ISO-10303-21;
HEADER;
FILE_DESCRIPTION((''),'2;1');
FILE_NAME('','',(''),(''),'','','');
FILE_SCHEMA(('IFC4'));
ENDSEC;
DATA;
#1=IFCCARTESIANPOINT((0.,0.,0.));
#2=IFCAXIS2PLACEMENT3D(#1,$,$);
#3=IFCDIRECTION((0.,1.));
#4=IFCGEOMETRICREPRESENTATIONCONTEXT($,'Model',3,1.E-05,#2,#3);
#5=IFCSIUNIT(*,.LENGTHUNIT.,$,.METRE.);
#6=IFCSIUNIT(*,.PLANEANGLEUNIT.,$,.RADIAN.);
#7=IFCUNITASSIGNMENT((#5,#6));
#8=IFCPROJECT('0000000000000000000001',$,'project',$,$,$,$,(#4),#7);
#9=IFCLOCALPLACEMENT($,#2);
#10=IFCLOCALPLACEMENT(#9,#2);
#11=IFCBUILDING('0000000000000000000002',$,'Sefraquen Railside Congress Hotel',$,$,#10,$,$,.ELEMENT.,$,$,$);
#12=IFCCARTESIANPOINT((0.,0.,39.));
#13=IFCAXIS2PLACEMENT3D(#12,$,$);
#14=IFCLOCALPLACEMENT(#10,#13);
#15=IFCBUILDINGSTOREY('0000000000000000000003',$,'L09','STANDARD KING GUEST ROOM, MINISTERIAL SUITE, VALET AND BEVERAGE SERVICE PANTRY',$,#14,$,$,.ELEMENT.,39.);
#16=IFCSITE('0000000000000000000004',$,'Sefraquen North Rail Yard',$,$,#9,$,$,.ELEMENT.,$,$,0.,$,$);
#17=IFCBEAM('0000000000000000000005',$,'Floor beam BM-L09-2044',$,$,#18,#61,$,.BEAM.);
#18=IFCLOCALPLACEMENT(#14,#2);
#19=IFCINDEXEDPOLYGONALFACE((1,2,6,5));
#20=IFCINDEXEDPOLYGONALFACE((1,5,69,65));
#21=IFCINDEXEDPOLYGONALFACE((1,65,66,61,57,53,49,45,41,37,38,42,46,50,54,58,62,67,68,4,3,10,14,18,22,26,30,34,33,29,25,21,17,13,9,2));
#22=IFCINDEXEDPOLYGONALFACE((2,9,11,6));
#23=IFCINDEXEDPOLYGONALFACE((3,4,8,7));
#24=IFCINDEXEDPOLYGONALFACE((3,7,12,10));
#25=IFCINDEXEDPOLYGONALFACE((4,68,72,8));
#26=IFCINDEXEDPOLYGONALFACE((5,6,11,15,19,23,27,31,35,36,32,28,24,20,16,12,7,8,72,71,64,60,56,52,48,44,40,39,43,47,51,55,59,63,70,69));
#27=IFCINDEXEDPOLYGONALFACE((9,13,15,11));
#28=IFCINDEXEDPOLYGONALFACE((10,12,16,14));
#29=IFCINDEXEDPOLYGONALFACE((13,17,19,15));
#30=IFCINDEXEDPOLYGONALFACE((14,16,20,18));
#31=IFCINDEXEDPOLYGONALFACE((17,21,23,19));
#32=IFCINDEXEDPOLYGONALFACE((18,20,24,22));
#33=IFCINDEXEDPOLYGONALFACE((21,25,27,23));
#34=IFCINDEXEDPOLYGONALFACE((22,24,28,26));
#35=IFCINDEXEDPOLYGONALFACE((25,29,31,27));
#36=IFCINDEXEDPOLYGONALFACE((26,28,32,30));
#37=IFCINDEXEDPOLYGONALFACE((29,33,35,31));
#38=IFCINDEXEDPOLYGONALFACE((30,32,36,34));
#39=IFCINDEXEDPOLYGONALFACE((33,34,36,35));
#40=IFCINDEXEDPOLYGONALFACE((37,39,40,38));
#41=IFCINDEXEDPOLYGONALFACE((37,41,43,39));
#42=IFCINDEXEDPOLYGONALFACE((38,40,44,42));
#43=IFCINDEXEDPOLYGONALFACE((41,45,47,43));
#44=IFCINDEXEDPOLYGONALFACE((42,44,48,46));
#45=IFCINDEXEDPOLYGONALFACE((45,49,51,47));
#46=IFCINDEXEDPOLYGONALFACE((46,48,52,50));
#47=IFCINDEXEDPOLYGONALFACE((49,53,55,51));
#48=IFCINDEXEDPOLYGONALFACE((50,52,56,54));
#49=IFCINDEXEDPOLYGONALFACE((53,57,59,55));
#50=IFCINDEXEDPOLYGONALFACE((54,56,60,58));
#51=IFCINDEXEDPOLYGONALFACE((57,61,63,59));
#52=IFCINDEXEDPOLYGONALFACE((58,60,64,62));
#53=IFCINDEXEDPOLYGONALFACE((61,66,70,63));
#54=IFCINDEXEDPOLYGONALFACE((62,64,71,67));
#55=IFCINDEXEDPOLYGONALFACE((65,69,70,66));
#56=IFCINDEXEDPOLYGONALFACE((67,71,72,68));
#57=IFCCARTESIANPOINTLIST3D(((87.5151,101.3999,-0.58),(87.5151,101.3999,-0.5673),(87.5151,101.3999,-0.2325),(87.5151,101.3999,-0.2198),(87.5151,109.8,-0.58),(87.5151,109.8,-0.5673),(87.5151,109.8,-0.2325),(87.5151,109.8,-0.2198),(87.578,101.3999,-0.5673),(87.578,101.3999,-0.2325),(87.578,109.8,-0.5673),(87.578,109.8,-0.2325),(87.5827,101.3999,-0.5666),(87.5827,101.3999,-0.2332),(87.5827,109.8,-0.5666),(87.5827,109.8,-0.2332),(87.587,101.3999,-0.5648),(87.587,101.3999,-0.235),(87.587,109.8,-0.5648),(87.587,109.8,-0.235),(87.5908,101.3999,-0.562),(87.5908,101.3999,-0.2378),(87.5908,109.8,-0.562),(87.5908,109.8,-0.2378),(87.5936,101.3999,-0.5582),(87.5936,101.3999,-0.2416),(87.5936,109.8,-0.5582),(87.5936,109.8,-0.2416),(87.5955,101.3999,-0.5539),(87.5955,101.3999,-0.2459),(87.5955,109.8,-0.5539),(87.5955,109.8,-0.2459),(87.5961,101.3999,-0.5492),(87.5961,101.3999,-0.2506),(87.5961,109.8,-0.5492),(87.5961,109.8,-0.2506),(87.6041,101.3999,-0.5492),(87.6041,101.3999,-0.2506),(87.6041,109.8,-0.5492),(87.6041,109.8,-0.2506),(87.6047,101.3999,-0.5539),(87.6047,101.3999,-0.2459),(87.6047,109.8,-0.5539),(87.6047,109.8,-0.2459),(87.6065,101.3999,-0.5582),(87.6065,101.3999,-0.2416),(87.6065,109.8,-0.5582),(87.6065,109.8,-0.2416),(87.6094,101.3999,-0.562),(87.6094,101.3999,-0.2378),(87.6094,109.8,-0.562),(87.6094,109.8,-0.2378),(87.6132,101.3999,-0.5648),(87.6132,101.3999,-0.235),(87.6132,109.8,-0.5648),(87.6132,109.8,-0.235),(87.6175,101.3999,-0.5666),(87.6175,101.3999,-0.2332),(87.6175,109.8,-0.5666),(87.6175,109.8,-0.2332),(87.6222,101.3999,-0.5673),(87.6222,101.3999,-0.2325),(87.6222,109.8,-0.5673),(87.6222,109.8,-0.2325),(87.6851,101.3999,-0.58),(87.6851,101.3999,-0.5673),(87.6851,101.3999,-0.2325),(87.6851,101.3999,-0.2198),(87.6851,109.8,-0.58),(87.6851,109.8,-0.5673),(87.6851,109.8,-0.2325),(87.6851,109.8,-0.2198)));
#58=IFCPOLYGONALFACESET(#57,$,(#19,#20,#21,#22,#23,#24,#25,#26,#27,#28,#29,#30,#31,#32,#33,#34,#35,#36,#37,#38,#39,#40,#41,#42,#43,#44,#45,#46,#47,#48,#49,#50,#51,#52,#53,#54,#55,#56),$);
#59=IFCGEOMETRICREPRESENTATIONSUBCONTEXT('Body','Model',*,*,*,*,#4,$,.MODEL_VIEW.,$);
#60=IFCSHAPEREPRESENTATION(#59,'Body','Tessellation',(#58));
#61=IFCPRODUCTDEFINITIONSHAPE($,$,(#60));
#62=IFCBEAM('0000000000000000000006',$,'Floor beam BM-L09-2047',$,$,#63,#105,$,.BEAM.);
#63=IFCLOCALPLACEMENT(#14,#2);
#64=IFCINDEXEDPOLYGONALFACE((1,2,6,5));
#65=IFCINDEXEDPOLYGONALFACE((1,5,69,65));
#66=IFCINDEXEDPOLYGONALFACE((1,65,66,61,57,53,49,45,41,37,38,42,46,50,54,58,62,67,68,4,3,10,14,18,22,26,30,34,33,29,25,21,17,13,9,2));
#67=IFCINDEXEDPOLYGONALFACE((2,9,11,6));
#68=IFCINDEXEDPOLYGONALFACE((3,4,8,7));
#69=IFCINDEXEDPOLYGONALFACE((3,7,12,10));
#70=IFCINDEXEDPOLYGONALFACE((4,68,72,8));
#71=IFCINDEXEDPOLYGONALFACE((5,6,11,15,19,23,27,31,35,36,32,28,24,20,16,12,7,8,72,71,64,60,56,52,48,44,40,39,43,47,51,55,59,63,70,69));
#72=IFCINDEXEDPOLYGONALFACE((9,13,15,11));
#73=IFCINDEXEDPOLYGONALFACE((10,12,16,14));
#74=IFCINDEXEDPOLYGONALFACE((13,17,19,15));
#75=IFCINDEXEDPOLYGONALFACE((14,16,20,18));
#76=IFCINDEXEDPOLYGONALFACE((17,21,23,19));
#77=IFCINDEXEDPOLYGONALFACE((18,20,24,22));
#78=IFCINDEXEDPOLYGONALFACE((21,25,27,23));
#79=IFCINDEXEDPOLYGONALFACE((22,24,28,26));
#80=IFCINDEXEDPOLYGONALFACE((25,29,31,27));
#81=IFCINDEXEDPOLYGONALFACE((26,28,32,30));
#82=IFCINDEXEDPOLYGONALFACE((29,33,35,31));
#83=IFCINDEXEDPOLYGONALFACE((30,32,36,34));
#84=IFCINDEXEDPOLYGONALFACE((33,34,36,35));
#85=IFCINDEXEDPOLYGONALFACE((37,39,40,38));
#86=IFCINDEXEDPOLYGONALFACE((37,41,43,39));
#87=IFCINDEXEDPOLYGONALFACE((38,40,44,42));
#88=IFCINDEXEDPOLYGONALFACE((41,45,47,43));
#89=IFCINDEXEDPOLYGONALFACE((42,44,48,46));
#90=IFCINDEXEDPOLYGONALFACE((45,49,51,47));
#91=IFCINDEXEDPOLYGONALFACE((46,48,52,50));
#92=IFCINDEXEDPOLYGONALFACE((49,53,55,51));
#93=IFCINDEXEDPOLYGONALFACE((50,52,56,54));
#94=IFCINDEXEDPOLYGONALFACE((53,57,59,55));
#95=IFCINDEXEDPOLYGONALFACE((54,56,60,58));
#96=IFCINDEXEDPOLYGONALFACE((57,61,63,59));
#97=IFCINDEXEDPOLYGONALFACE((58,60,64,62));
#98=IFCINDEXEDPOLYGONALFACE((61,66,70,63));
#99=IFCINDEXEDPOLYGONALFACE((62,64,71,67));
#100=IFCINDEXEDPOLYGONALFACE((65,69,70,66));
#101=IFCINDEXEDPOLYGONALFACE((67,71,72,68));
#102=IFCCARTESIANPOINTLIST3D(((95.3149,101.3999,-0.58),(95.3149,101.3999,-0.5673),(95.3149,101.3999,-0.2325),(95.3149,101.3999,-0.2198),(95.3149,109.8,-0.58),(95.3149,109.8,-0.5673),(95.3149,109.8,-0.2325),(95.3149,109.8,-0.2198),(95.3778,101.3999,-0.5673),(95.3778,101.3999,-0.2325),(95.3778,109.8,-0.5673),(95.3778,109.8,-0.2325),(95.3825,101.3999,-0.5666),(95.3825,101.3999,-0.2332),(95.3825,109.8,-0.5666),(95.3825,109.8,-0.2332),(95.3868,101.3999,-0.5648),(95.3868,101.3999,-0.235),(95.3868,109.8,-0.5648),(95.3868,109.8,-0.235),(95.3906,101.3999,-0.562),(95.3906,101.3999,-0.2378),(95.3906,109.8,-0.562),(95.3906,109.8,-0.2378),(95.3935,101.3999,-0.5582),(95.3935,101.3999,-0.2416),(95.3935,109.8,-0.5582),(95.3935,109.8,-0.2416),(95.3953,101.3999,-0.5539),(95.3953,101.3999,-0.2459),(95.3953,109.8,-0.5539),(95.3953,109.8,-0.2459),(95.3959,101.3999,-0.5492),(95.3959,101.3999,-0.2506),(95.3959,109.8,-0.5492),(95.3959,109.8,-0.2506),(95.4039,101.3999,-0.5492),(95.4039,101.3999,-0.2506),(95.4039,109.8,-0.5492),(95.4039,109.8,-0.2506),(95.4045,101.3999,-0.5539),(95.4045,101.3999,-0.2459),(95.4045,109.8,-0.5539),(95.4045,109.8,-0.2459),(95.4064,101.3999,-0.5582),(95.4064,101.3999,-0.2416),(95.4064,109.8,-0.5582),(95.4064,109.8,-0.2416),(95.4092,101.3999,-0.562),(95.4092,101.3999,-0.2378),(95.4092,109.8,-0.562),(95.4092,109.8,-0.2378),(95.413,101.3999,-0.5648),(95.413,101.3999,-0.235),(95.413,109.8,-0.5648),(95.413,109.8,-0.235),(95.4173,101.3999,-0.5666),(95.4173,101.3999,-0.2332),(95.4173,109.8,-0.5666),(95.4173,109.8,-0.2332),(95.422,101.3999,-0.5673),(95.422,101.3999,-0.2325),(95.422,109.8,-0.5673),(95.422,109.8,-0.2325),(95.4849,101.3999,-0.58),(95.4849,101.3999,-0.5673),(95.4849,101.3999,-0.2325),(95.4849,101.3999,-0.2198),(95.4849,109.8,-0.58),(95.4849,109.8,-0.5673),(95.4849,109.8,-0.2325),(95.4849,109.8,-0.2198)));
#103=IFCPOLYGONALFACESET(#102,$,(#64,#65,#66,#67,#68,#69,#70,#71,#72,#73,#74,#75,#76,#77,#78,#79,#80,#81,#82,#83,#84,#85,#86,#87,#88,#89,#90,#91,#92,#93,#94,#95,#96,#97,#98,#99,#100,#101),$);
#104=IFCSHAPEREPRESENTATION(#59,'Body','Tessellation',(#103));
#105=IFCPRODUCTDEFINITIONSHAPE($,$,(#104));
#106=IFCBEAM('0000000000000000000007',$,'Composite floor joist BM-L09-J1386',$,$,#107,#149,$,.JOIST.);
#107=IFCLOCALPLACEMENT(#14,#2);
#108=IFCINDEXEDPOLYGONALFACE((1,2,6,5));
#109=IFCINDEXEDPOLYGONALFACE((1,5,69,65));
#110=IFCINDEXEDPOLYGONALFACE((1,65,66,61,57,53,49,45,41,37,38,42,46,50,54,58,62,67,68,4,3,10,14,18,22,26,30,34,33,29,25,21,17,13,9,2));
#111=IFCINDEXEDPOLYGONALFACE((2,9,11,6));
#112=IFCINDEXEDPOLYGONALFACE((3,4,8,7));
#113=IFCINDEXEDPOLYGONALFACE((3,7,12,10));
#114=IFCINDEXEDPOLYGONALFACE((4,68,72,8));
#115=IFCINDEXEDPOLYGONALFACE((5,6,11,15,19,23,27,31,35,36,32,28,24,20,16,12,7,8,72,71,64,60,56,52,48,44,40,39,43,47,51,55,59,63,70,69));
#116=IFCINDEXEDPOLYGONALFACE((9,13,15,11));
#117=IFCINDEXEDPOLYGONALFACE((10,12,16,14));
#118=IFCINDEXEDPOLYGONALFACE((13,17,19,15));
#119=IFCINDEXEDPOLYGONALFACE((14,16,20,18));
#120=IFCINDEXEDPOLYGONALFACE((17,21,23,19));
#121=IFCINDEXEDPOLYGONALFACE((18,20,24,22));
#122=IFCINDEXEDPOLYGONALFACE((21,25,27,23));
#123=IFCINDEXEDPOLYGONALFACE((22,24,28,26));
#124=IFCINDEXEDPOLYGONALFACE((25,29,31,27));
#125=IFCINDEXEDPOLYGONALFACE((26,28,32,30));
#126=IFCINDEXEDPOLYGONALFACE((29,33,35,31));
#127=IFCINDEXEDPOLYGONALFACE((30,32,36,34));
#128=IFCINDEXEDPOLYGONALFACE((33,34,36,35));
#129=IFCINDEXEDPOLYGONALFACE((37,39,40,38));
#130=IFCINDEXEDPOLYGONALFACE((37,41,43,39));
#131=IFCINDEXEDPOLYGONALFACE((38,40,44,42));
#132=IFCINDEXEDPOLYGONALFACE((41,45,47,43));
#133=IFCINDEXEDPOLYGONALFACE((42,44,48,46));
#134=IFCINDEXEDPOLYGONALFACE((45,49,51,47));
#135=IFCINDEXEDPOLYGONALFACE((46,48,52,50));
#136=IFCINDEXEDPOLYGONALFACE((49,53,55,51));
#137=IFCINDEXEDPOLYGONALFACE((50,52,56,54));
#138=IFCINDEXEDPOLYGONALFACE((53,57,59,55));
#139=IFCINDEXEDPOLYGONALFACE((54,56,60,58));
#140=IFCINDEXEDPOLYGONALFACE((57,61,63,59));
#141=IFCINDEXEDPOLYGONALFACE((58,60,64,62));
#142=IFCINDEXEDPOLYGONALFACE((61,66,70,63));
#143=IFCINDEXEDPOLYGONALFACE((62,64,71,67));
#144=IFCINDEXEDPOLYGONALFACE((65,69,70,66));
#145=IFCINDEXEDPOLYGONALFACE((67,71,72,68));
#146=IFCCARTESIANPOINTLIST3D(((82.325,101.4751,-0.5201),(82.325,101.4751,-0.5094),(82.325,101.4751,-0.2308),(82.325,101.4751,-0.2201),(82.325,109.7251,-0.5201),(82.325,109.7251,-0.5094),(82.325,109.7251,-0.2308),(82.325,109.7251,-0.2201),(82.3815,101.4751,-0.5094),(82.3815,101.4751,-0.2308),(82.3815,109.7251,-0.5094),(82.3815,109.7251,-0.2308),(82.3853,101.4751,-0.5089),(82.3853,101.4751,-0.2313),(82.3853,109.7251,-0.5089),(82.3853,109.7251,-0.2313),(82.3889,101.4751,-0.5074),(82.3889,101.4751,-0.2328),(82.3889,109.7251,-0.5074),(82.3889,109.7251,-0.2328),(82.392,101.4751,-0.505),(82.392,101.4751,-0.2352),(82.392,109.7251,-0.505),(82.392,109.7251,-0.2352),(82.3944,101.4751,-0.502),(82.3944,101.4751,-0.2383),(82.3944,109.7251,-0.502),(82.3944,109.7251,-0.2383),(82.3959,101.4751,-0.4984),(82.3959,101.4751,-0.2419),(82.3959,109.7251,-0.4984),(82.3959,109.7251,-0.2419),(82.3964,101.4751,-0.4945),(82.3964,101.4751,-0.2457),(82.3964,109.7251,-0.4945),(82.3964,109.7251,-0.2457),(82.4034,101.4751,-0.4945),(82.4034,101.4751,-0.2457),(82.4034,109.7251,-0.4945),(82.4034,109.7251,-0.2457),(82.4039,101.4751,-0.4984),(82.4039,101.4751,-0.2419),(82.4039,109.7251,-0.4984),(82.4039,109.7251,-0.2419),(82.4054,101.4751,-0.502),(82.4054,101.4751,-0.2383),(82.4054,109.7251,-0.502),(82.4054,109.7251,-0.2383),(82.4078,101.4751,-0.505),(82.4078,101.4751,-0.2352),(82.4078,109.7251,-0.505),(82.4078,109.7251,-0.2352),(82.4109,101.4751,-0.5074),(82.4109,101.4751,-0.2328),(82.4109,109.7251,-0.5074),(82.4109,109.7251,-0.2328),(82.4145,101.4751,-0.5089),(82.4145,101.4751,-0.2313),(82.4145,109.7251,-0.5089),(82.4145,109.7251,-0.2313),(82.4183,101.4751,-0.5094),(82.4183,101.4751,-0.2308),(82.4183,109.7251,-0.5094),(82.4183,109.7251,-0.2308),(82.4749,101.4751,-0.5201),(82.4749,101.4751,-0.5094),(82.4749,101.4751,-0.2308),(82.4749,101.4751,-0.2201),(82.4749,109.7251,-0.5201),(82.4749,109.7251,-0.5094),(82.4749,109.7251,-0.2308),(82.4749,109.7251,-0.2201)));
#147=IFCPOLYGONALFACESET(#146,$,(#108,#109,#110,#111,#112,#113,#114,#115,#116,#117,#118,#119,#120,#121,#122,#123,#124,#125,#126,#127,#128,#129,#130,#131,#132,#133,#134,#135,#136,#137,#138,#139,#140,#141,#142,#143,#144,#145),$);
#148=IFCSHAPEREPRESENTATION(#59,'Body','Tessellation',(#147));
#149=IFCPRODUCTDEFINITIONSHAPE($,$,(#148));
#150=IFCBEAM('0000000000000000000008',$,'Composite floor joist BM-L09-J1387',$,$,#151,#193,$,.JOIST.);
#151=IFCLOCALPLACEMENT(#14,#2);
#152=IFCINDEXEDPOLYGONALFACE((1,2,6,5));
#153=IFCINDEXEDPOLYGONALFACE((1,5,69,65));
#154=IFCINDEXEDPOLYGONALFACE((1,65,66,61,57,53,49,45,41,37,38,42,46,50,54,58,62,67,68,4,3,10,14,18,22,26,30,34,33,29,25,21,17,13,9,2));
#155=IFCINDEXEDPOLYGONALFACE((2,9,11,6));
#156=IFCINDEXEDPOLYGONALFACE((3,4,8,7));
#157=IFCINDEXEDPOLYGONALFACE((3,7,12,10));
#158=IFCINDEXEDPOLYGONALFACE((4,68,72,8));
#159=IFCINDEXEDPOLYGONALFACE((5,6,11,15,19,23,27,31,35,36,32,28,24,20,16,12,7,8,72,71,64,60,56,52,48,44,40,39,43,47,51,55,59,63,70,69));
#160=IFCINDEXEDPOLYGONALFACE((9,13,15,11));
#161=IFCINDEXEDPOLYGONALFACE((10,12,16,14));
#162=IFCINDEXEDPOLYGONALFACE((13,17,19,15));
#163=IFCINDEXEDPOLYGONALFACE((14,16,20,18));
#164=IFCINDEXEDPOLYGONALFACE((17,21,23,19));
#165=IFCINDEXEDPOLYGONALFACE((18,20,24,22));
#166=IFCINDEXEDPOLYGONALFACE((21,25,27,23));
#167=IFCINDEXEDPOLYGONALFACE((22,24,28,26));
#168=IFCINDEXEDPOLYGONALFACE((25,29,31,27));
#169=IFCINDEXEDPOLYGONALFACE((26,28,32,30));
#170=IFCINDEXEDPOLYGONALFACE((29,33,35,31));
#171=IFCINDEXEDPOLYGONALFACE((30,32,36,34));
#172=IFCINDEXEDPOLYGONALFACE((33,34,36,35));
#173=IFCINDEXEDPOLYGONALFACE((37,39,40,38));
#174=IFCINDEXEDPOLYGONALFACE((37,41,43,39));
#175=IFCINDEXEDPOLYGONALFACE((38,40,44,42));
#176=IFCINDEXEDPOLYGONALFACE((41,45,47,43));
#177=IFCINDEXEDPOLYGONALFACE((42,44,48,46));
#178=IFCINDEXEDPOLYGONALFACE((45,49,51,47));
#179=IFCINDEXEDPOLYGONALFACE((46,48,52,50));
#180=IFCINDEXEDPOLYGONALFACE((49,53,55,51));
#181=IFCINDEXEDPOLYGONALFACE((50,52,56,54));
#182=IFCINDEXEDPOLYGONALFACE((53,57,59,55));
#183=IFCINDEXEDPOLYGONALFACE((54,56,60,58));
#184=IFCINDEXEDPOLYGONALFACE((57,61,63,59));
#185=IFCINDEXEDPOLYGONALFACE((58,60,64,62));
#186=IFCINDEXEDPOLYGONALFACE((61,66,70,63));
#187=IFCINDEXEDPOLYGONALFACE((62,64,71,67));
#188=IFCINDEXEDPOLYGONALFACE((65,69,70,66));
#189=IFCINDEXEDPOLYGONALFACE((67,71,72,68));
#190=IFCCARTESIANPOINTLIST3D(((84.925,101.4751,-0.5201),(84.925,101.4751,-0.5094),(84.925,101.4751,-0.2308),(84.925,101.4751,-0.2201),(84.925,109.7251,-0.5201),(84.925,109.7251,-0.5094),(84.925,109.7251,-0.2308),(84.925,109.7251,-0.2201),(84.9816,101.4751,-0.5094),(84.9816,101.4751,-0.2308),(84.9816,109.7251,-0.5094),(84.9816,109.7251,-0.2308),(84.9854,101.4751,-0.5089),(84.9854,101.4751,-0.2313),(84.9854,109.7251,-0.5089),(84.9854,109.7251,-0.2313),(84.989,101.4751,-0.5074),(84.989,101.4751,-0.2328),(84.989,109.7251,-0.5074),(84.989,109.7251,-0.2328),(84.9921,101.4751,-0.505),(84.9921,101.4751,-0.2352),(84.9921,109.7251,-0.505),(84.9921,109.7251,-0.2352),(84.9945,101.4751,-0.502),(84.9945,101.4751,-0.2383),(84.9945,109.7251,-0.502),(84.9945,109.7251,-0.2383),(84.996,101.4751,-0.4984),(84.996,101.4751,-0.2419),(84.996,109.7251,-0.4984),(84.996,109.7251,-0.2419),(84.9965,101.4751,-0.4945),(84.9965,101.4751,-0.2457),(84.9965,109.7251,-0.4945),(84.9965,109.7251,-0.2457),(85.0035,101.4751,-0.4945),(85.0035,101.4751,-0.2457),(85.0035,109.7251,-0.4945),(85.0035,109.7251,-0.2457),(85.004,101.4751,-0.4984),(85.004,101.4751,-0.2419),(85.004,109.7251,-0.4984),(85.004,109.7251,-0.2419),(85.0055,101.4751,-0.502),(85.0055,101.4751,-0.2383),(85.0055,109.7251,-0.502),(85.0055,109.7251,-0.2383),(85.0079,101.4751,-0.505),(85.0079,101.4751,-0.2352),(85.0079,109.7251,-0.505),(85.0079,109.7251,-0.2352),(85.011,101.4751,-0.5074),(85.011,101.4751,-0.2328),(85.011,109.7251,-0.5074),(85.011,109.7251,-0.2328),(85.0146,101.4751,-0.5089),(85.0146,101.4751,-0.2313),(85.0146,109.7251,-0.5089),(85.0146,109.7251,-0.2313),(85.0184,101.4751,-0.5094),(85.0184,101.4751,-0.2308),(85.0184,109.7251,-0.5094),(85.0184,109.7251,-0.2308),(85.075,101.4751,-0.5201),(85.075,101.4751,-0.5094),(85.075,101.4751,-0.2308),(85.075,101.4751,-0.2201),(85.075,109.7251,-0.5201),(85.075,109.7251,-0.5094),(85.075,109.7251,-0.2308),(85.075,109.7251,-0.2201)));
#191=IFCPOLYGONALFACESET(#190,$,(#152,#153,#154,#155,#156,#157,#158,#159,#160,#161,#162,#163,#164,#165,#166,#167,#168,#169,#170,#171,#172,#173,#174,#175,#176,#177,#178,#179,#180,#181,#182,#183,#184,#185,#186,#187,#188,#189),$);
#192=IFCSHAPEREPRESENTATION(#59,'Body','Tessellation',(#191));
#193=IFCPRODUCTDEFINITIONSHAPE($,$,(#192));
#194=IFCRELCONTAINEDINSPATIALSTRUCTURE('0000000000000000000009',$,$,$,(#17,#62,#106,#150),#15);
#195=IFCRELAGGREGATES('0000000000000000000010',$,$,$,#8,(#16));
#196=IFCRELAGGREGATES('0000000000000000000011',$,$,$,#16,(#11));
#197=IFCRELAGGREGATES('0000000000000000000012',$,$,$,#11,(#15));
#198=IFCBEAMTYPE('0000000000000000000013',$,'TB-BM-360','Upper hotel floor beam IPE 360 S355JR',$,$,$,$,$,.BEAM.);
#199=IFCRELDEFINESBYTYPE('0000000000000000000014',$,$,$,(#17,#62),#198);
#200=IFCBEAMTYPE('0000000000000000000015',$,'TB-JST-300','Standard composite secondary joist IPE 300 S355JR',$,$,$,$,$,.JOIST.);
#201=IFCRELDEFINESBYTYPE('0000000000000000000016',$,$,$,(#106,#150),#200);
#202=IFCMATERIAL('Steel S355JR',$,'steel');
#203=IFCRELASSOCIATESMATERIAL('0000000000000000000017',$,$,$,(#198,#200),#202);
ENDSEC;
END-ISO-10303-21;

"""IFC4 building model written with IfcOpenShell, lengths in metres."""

from ifc_helpers import new_model, si_unit, direction, frame, origin, origin_2d, place, context, subcontext, project, spatial, i_section, extrude, material, material_profile, profile_set, type_object, element, save


model = new_model("IFC4")

# Units and contexts
model_context = context("Model", 3, precision=1e-05, world=origin(), true_north=direction((0.0, 1.0)))
body_context = subcontext(model_context, "Body", "Model", "MODEL_VIEW")
ifc_project = project(units=[si_unit("LENGTHUNIT", "METRE"), si_unit("PLANEANGLEUNIT", "RADIAN")], contexts=[model_context])

# Site, building, storey
site_placement = place(None, origin())
site = spatial("IfcSite", under=ifc_project, at=site_placement, Name="Sefraquen North Rail Yard", CompositionType="ELEMENT", RefElevation=0.0)
building_placement = place(site_placement, origin())
building = spatial("IfcBuilding", under=site, at=building_placement, Name="Sefraquen Railside Congress Hotel", CompositionType="ELEMENT")
storey_placement = place(building_placement, frame((0.0, 0.0, 39.0)))
storey = spatial("IfcBuildingStorey", under=building, at=storey_placement, Name="L09", Description="STANDARD KING GUEST ROOM, MINISTERIAL SUITE, VALET AND BEVERAGE SERVICE PANTRY", CompositionType="ELEMENT", Elevation=39.0)

# Beams
ifc_material_1 = material(Name="Steel S355JR", Category="steel")
ifc_material_profile_1 = material_profile(ifc_material_1, i_section(OverallWidth=0.1699, OverallDepth=0.3601, WebThickness=0.0081, FlangeThickness=0.0127, FilletRadius=0.0181, at=origin_2d()), Name="IPE 360")
ifc_profile_set_1 = profile_set([ifc_material_profile_1], Name="Steel S355JR")
beam_type_1 = type_object("IfcBeamType", Name="TB-BM-360", Description="Upper hotel floor beam IPE 360 S355JR", PredefinedType="BEAM", material=ifc_profile_set_1)
for number, where, z_axis, x_axis, name in (
    (1, (87.6001, 101.3999, -0.3999), (0.0, 1.0, 0.0), (-1.0, 0.0, 0.0), "Floor beam BM-L09-2044"),
    (2, (95.3999, 101.3999, -0.3999), (0.0, 1.0, 0.0), (-1.0, 0.0, 0.0), "Floor beam BM-L09-2047"),
):
    element("IfcBeam", number, at=place(storey_placement, frame(where, z_axis=z_axis, x_axis=x_axis)), inside=storey, type_object=beam_type_1, Name=name, PredefinedType="BEAM", context=body_context, shape_type="SweptSolid", body=[
        extrude(i_section(OverallWidth=0.1699, OverallDepth=0.3601, WebThickness=0.0081, FlangeThickness=0.0127, FilletRadius=0.0181, at=origin_2d()), origin(), (0.0, 0.0, 1.0), 8.4001),
    ])
ifc_material_profile_2 = material_profile(ifc_material_1, i_section(OverallWidth=0.1499, OverallDepth=0.3, WebThickness=0.0071, FlangeThickness=0.0107, FilletRadius=0.0149, at=origin_2d()), Name="IPE 300")
ifc_profile_set_2 = profile_set([ifc_material_profile_2], Name="Steel S355JR")
beam_type_2 = type_object("IfcBeamType", Name="TB-JST-300", Description="Standard composite secondary joist IPE 300 S355JR", PredefinedType="JOIST", material=ifc_profile_set_2)
for number, where, z_axis, x_axis, name in (
    (3, (82.3999, 101.4751, -0.3701), (0.0, 1.0, 0.0), (-1.0, 0.0, 0.0), "Composite floor joist BM-L09-J1386"),
    (4, (85.0, 101.4751, -0.3701), (0.0, 1.0, 0.0), (-1.0, 0.0, 0.0), "Composite floor joist BM-L09-J1387"),
):
    element("IfcBeam", number, at=place(storey_placement, frame(where, z_axis=z_axis, x_axis=x_axis)), inside=storey, type_object=beam_type_2, Name=name, PredefinedType="JOIST", context=body_context, shape_type="SweptSolid", body=[
        extrude(i_section(OverallWidth=0.1499, OverallDepth=0.3, WebThickness=0.0071, FlangeThickness=0.0107, FilletRadius=0.0149, at=origin_2d()), origin(), (0.0, 0.0, 1.0), 8.25),
    ])

save(model, "model.ifc")
